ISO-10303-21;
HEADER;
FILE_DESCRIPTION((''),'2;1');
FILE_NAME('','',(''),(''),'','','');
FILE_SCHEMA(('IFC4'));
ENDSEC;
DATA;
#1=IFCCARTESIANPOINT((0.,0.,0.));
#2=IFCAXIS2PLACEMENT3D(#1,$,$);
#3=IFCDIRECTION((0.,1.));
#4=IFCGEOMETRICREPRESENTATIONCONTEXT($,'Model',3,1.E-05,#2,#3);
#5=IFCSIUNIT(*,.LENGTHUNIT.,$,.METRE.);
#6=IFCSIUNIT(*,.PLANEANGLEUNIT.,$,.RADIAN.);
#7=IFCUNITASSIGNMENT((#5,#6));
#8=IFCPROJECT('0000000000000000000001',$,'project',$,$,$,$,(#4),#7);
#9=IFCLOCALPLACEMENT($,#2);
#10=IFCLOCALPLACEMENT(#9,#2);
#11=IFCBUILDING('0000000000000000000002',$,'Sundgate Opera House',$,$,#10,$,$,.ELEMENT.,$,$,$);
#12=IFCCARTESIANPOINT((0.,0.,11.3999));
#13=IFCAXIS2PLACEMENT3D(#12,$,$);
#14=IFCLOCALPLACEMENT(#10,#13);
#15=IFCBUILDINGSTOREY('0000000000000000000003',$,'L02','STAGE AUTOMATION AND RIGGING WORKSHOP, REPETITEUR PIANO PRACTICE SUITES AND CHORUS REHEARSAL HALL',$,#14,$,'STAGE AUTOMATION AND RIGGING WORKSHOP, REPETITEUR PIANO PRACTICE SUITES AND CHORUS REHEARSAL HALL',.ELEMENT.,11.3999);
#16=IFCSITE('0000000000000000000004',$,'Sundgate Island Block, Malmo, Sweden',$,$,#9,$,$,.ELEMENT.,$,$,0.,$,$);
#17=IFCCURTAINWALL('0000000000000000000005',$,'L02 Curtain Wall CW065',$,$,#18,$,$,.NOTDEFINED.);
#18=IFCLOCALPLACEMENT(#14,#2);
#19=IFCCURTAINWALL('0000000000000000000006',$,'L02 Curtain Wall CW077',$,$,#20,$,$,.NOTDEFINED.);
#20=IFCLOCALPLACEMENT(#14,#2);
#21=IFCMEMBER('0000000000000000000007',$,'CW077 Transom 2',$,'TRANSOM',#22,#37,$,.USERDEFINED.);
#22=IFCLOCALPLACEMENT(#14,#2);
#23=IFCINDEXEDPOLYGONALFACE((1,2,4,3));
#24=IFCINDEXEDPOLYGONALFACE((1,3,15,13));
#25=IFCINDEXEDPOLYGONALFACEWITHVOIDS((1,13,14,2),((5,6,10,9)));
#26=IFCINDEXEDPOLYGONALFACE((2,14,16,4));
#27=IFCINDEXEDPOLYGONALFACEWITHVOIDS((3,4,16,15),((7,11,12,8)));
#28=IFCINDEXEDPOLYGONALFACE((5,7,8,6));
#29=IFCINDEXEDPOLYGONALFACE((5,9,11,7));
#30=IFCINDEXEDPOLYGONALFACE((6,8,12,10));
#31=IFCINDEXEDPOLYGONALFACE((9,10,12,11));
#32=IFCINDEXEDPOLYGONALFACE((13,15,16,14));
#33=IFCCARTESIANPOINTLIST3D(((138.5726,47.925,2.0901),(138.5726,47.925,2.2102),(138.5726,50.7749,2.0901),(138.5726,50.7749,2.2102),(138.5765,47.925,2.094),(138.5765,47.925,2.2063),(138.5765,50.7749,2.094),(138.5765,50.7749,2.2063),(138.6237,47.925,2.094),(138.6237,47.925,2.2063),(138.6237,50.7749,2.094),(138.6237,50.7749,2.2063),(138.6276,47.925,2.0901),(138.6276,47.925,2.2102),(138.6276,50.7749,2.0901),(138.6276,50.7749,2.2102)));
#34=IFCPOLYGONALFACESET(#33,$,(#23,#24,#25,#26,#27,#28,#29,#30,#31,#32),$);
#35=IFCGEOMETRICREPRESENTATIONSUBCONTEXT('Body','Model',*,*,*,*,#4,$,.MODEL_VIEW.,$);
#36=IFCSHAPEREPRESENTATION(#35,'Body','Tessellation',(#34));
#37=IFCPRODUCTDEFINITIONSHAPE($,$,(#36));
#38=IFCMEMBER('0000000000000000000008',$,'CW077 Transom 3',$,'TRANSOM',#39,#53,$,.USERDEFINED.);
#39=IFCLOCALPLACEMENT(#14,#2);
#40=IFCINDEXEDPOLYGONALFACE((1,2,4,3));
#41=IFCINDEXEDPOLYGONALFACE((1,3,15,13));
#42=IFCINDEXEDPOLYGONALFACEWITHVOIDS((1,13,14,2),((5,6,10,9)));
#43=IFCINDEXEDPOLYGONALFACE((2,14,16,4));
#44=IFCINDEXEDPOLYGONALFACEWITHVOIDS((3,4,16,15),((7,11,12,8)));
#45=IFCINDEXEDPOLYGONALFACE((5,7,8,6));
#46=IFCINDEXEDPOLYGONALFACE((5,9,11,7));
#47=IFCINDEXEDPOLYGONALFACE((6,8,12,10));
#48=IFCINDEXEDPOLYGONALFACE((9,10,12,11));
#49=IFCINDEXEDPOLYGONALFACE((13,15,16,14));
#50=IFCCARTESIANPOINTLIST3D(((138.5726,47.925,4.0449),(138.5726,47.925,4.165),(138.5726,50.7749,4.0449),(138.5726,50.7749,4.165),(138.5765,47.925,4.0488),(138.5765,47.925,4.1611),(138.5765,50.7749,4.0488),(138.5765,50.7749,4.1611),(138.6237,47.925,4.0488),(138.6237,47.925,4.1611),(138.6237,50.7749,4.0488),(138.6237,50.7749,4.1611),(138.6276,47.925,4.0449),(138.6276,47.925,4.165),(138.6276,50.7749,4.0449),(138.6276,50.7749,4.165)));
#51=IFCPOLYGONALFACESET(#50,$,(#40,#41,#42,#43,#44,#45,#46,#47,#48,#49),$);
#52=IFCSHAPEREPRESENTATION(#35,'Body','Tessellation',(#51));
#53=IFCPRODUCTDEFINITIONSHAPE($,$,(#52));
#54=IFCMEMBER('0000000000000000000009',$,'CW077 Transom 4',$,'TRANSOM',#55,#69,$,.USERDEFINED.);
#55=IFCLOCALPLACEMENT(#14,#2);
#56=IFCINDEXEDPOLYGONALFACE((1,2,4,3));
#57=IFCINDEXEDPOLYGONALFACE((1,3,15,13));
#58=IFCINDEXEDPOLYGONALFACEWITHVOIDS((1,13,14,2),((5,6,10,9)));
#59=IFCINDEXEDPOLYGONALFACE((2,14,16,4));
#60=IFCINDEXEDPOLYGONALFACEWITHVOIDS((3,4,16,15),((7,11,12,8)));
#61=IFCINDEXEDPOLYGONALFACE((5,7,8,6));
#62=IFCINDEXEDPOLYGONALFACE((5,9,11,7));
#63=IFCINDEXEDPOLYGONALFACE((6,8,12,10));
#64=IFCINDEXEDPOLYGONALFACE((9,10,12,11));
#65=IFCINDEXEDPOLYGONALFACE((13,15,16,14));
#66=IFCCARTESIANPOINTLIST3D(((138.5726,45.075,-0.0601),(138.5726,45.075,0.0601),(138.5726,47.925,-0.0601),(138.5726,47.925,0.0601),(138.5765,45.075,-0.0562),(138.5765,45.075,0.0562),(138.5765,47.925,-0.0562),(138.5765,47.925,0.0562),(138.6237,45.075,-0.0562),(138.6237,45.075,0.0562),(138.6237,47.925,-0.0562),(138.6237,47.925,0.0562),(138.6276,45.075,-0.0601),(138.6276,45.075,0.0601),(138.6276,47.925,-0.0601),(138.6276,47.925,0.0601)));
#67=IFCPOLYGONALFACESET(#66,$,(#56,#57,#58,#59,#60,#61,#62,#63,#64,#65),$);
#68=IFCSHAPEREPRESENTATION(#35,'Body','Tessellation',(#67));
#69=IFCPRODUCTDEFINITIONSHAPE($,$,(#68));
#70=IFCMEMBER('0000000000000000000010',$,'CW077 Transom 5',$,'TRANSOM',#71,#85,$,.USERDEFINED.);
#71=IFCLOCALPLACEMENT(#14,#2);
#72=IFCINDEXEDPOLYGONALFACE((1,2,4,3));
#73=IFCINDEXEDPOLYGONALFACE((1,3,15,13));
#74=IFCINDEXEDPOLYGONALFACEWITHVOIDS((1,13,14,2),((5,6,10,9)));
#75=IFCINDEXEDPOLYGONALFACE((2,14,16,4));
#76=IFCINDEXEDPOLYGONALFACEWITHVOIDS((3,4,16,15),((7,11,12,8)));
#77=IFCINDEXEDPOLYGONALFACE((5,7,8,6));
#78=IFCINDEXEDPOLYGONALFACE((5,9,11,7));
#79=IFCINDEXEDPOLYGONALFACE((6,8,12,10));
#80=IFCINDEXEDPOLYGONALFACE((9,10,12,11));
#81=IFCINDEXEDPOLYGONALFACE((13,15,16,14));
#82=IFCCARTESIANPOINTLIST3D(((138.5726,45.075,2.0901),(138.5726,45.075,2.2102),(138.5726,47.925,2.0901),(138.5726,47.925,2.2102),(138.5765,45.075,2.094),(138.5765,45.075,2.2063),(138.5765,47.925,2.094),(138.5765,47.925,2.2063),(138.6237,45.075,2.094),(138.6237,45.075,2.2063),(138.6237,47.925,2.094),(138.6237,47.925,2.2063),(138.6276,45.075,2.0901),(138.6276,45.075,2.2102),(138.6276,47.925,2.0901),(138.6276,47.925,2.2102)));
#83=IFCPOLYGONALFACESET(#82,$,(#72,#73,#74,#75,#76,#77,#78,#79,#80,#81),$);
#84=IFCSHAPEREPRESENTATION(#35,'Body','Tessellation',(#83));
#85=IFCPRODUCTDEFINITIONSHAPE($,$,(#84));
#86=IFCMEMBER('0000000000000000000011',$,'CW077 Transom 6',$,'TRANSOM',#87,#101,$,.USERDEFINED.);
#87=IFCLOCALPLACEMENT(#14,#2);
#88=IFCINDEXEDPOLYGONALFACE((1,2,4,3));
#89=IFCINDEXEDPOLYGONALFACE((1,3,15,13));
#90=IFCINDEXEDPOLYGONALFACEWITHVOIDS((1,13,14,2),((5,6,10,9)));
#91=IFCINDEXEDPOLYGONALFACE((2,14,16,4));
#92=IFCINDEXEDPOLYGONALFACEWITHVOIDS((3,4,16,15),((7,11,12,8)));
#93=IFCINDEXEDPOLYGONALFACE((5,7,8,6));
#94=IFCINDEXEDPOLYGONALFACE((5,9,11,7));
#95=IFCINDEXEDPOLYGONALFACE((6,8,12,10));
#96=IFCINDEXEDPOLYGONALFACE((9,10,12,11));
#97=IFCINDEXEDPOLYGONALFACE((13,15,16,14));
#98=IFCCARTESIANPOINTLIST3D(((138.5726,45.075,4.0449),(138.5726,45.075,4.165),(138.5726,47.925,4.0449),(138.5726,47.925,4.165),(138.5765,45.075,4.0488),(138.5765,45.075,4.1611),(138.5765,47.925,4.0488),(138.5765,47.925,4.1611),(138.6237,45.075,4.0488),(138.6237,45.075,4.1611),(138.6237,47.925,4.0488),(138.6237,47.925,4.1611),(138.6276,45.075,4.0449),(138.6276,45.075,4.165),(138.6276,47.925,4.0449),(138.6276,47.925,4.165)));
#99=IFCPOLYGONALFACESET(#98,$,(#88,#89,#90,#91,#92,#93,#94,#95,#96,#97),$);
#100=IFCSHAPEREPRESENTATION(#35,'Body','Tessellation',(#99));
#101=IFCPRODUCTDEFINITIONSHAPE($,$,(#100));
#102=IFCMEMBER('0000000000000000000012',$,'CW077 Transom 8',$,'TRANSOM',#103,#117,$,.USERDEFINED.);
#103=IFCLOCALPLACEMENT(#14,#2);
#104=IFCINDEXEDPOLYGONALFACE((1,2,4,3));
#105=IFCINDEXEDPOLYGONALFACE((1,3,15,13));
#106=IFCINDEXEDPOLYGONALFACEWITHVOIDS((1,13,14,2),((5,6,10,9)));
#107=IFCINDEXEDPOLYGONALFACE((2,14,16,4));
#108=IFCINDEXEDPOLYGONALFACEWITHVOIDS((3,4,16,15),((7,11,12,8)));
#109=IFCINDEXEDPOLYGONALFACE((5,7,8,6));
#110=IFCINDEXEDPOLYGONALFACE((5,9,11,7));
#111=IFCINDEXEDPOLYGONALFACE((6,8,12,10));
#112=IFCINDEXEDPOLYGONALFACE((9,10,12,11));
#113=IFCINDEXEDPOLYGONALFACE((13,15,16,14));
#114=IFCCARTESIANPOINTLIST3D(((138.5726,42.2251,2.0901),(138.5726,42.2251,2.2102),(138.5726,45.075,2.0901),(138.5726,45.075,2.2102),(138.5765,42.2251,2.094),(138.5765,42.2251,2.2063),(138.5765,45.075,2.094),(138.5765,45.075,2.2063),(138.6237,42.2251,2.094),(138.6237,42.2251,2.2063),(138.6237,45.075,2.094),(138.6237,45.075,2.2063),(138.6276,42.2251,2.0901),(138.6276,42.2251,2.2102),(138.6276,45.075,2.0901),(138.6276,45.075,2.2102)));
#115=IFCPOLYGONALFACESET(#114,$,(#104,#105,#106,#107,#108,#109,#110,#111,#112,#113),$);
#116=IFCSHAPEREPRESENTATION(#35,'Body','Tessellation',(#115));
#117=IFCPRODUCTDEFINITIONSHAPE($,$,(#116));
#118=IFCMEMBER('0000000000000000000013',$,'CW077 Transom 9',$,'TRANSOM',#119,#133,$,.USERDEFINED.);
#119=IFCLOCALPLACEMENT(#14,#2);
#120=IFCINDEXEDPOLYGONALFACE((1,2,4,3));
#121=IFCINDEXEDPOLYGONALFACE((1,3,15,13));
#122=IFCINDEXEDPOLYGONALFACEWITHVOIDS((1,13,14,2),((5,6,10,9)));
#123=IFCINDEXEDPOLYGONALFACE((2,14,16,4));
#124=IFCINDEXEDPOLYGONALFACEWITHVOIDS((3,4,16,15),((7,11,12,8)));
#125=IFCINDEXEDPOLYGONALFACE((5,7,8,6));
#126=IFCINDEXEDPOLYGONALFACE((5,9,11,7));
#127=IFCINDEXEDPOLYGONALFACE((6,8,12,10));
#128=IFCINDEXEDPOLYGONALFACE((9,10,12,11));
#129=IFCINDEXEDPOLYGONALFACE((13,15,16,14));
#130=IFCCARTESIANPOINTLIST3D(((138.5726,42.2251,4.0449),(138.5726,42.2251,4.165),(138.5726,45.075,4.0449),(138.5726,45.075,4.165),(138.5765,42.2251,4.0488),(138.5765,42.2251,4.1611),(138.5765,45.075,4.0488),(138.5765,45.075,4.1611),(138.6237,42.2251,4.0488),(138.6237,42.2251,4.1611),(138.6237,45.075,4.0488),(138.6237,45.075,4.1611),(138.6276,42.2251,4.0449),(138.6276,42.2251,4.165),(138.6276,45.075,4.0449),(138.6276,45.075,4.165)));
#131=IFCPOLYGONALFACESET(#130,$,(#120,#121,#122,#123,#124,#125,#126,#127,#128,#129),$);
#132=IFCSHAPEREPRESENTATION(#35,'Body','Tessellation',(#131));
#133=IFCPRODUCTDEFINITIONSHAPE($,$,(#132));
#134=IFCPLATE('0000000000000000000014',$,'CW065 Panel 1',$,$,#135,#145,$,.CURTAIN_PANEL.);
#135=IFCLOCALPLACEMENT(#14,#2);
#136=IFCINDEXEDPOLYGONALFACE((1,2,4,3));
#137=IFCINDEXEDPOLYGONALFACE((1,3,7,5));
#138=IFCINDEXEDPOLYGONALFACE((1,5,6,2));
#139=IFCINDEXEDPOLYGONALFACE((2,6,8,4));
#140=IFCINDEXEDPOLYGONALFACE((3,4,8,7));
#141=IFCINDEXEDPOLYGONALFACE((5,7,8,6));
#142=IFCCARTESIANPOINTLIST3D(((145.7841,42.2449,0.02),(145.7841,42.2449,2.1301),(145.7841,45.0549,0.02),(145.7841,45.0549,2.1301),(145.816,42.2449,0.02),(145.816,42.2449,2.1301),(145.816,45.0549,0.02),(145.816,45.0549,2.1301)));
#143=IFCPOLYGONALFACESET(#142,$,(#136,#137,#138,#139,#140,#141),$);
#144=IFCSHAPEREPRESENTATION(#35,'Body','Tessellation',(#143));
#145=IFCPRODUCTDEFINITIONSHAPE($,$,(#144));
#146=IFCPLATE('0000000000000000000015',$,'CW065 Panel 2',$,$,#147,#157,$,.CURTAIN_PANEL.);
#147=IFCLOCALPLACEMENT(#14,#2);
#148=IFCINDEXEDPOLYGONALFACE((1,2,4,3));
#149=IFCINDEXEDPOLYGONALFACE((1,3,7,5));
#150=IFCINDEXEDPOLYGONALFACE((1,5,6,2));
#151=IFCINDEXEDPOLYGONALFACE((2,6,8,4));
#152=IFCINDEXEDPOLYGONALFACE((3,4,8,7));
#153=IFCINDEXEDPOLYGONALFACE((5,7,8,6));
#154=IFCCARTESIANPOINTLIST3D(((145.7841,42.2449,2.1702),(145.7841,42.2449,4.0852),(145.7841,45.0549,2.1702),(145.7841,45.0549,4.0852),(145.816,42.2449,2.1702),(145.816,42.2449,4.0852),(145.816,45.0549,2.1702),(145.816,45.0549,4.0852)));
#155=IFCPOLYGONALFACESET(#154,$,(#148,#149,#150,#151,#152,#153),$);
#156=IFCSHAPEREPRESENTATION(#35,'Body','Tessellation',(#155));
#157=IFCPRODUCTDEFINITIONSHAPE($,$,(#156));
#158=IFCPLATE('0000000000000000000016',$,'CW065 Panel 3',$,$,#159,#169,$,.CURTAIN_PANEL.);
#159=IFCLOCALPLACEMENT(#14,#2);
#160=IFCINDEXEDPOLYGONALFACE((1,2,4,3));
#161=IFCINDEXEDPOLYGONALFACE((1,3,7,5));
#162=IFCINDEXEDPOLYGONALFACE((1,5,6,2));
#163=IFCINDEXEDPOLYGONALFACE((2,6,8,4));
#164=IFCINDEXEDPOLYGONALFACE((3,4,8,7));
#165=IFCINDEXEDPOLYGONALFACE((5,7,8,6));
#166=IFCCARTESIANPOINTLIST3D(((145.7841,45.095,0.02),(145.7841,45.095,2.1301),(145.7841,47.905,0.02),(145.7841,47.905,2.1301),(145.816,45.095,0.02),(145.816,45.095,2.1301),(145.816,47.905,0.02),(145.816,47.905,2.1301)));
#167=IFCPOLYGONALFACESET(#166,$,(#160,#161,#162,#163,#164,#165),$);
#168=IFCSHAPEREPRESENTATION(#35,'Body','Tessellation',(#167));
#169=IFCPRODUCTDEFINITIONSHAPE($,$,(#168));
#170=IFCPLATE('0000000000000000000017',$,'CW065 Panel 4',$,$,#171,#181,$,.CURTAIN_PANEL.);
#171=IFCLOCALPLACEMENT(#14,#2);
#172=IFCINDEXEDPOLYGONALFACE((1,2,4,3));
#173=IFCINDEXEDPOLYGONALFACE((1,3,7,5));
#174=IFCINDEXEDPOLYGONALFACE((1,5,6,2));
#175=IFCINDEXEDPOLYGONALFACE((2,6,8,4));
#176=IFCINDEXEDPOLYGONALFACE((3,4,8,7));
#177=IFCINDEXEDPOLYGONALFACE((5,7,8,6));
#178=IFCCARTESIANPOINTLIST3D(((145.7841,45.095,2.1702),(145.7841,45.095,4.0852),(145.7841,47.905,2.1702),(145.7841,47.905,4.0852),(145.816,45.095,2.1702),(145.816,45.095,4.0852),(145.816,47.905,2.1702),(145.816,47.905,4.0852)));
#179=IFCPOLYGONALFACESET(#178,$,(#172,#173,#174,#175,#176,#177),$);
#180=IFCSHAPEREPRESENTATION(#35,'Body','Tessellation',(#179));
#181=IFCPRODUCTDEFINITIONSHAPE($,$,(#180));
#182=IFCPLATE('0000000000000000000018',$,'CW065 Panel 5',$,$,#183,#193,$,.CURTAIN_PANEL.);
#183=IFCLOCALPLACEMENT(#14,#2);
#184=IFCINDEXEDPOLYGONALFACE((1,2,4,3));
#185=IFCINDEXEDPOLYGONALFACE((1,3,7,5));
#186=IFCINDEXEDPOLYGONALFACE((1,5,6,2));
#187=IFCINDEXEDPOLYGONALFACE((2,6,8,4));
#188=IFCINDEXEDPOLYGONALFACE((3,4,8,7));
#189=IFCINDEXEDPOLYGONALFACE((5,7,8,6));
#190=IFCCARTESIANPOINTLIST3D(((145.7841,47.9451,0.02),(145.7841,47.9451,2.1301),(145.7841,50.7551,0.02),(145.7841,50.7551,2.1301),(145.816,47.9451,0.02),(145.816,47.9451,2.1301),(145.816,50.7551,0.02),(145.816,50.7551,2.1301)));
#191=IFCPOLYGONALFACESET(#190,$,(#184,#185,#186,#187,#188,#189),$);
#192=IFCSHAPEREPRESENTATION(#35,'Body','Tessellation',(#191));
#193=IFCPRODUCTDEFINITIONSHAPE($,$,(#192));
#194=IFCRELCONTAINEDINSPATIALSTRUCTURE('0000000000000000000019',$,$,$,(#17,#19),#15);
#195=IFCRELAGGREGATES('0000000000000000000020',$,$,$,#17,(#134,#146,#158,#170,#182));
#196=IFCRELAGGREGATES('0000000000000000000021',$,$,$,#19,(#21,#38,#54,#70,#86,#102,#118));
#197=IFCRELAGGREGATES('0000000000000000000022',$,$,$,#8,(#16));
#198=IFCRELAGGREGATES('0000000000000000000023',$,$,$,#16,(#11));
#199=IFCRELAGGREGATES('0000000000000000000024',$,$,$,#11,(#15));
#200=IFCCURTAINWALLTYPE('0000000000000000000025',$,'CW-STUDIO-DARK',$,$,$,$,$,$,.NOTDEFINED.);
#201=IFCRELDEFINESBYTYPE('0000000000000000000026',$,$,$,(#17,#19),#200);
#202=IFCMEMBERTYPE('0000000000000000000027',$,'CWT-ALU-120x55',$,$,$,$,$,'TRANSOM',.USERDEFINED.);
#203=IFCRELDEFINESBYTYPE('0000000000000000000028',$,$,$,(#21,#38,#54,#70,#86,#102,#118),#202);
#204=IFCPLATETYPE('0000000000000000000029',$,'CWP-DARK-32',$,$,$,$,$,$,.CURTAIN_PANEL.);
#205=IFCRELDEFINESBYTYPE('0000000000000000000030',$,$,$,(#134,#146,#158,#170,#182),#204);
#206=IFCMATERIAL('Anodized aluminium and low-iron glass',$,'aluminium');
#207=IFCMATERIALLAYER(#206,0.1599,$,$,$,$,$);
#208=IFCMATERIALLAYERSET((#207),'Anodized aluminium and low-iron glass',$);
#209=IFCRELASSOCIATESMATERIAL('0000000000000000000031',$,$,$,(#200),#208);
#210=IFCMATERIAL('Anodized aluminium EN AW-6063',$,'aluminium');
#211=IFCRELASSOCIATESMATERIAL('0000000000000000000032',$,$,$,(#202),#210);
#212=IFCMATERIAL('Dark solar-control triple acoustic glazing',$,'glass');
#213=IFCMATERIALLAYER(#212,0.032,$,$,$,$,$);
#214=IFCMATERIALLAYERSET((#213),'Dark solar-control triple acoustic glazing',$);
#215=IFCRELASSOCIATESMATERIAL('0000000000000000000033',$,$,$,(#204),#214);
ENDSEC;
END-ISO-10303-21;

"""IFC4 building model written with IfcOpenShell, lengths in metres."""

from ifc_helpers import new_model, si_unit, direction, frame, origin, origin_2d, place, context, subcontext, project, spatial, rectangle, hollow_rectangle, extrude, material, layer, layer_set, material_profile, profile_set, type_object, element, aggregate, save


model = new_model("IFC4")

# Units and contexts
model_context = context("Model", 3, precision=1e-05, world=origin(), true_north=direction((0.0, 1.0)))
body_context = subcontext(model_context, "Body", "Model", "MODEL_VIEW")
ifc_project = project(units=[si_unit("LENGTHUNIT", "METRE"), si_unit("PLANEANGLEUNIT", "RADIAN")], contexts=[model_context])

# Site, building, storey
site_placement = place(None, origin())
site = spatial("IfcSite", under=ifc_project, at=site_placement, Name="Sundgate Island Block, Malmo, Sweden", CompositionType="ELEMENT", RefElevation=0.0)
building_placement = place(site_placement, origin())
building = spatial("IfcBuilding", under=site, at=building_placement, Name="Sundgate Opera House", CompositionType="ELEMENT")
storey_placement = place(building_placement, frame((0.0, 0.0, 11.3999)))
storey = spatial("IfcBuildingStorey", under=building, at=storey_placement, Name="L02", Description="STAGE AUTOMATION AND RIGGING WORKSHOP, REPETITEUR PIANO PRACTICE SUITES AND CHORUS REHEARSAL HALL", LongName="STAGE AUTOMATION AND RIGGING WORKSHOP, REPETITEUR PIANO PRACTICE SUITES AND CHORUS REHEARSAL HALL", CompositionType="ELEMENT", Elevation=11.3999)

# Shared definitions
ifc_material_1 = material(Name="Anodized aluminium and low-iron glass", Category="aluminium")
ifc_layer_1 = layer(ifc_material_1, 0.1599)
ifc_layer_set_1 = layer_set([ifc_layer_1], Name="Anodized aluminium and low-iron glass")
curtain_wall_type = type_object("IfcCurtainWallType", Name="CW-STUDIO-DARK", PredefinedType="NOTDEFINED", material=ifc_layer_set_1)

# Curtain walls
curtain_wall_1_placement = place(storey_placement, origin())
curtain_wall_1 = element("IfcCurtainWall", 1, at=curtain_wall_1_placement, inside=storey, type_object=curtain_wall_type, Name="L02 Curtain Wall CW065", PredefinedType="NOTDEFINED")
curtain_wall_2_placement = place(storey_placement, origin())
curtain_wall_2 = element("IfcCurtainWall", 2, at=curtain_wall_2_placement, inside=storey, type_object=curtain_wall_type, Name="L02 Curtain Wall CW077", PredefinedType="NOTDEFINED")

# Members
ifc_material_2 = material(Name="Anodized aluminium EN AW-6063", Category="aluminium")
ifc_material_profile_1 = material_profile(ifc_material_2, hollow_rectangle(XDim=0.0549, YDim=0.1201, WallThickness=0.0039, at=origin_2d()), Name="CWT 120x55x4")
ifc_profile_set_1 = profile_set([ifc_material_profile_1], Name="Anodized aluminium EN AW-6063")
member_type_1 = type_object("IfcMemberType", Name="CWT-ALU-120x55", ElementType="TRANSOM", PredefinedType="USERDEFINED", material=ifc_profile_set_1)
member_1_placement = place(storey_placement, frame((138.6001, 50.7749, 2.1501), z_axis=(0.0, -1.0, 0.0), x_axis=(1.0, 0.0, 0.0)))
member_1 = element("IfcMember", 3, at=member_1_placement, type_object=member_type_1, Name="CW077 Transom 2", ObjectType="TRANSOM", PredefinedType="USERDEFINED", context=body_context, shape_type="SweptSolid", body=[
    extrude(hollow_rectangle(XDim=0.0549, YDim=0.1201, WallThickness=0.0039, at=origin_2d()), origin(), (0.0, 0.0, 1.0), 2.8499),
])
member_2_placement = place(storey_placement, frame((138.6001, 50.7749, 4.105), z_axis=(0.0, -1.0, 0.0), x_axis=(1.0, 0.0, 0.0)))
member_2 = element("IfcMember", 4, at=member_2_placement, type_object=member_type_1, Name="CW077 Transom 3", ObjectType="TRANSOM", PredefinedType="USERDEFINED", context=body_context, shape_type="SweptSolid", body=[
    extrude(hollow_rectangle(XDim=0.0549, YDim=0.1201, WallThickness=0.0039, at=origin_2d()), origin(), (0.0, 0.0, 1.0), 2.8499),
])
member_3_placement = place(storey_placement, frame((138.6001, 47.925, 0.0), z_axis=(0.0, -1.0, 0.0), x_axis=(1.0, 0.0, 0.0)))
member_3 = element("IfcMember", 5, at=member_3_placement, type_object=member_type_1, Name="CW077 Transom 4", ObjectType="TRANSOM", PredefinedType="USERDEFINED", context=body_context, shape_type="SweptSolid", body=[
    extrude(hollow_rectangle(XDim=0.0549, YDim=0.1201, WallThickness=0.0039, at=origin_2d()), origin(), (0.0, 0.0, 1.0), 2.8501),
])
member_4_placement = place(storey_placement, frame((138.6001, 47.925, 2.1501), z_axis=(0.0, -1.0, 0.0), x_axis=(1.0, 0.0, 0.0)))
member_4 = element("IfcMember", 6, at=member_4_placement, type_object=member_type_1, Name="CW077 Transom 5", ObjectType="TRANSOM", PredefinedType="USERDEFINED", context=body_context, shape_type="SweptSolid", body=[
    extrude(hollow_rectangle(XDim=0.0549, YDim=0.1201, WallThickness=0.0039, at=origin_2d()), origin(), (0.0, 0.0, 1.0), 2.8501),
])
member_5_placement = place(storey_placement, frame((138.6001, 47.925, 4.105), z_axis=(0.0, -1.0, 0.0), x_axis=(1.0, 0.0, 0.0)))
member_5 = element("IfcMember", 7, at=member_5_placement, type_object=member_type_1, Name="CW077 Transom 6", ObjectType="TRANSOM", PredefinedType="USERDEFINED", context=body_context, shape_type="SweptSolid", body=[
    extrude(hollow_rectangle(XDim=0.0549, YDim=0.1201, WallThickness=0.0039, at=origin_2d()), origin(), (0.0, 0.0, 1.0), 2.8501),
])
member_6_placement = place(storey_placement, frame((138.6001, 45.075, 2.1501), z_axis=(0.0, -1.0, 0.0), x_axis=(1.0, 0.0, 0.0)))
member_6 = element("IfcMember", 8, at=member_6_placement, type_object=member_type_1, Name="CW077 Transom 8", ObjectType="TRANSOM", PredefinedType="USERDEFINED", context=body_context, shape_type="SweptSolid", body=[
    extrude(hollow_rectangle(XDim=0.0549, YDim=0.1201, WallThickness=0.0039, at=origin_2d()), origin(), (0.0, 0.0, 1.0), 2.8499),
])
member_7_placement = place(storey_placement, frame((138.6001, 45.075, 4.105), z_axis=(0.0, -1.0, 0.0), x_axis=(1.0, 0.0, 0.0)))
member_7 = element("IfcMember", 9, at=member_7_placement, type_object=member_type_1, Name="CW077 Transom 9", ObjectType="TRANSOM", PredefinedType="USERDEFINED", context=body_context, shape_type="SweptSolid", body=[
    extrude(hollow_rectangle(XDim=0.0549, YDim=0.1201, WallThickness=0.0039, at=origin_2d()), origin(), (0.0, 0.0, 1.0), 2.8499),
])

# Plates
ifc_material_3 = material(Name="Dark solar-control triple acoustic glazing", Category="glass")
ifc_layer_2 = layer(ifc_material_3, 0.032)
ifc_layer_set_2 = layer_set([ifc_layer_2], Name="Dark solar-control triple acoustic glazing")
plate_type_1 = type_object("IfcPlateType", Name="CWP-DARK-32", PredefinedType="CURTAIN_PANEL", material=ifc_layer_set_2)
plate_1_placement = place(storey_placement, frame((145.8, 43.6499, 0.02), z_axis=(0.0, 0.0, 1.0), x_axis=(0.0, 1.0, 0.0)))
plate_1 = element("IfcPlate", 10, at=plate_1_placement, type_object=plate_type_1, Name="CW065 Panel 1", PredefinedType="CURTAIN_PANEL", context=body_context, shape_type="SweptSolid", body=[
    extrude(rectangle(XDim=2.8101, YDim=0.032, at=origin_2d()), origin(), (0.0, 0.0, 1.0), 2.1101),
])
plate_2_placement = place(storey_placement, frame((145.8, 43.6499, 2.1702), z_axis=(0.0, 0.0, 1.0), x_axis=(0.0, 1.0, 0.0)))
plate_2 = element("IfcPlate", 11, at=plate_2_placement, type_object=plate_type_1, Name="CW065 Panel 2", PredefinedType="CURTAIN_PANEL", context=body_context, shape_type="SweptSolid", body=[
    extrude(rectangle(XDim=2.8101, YDim=0.032, at=origin_2d()), origin(), (0.0, 0.0, 1.0), 1.915),
])
plate_3_placement = place(storey_placement, frame((145.8, 46.5, 0.02), z_axis=(0.0, 0.0, 1.0), x_axis=(0.0, 1.0, 0.0)))
plate_3 = element("IfcPlate", 12, at=plate_3_placement, type_object=plate_type_1, Name="CW065 Panel 3", PredefinedType="CURTAIN_PANEL", context=body_context, shape_type="SweptSolid", body=[
    extrude(rectangle(XDim=2.8101, YDim=0.032, at=origin_2d()), origin(), (0.0, 0.0, 1.0), 2.1101),
])
plate_4_placement = place(storey_placement, frame((145.8, 46.5, 2.1702), z_axis=(0.0, 0.0, 1.0), x_axis=(0.0, 1.0, 0.0)))
plate_4 = element("IfcPlate", 13, at=plate_4_placement, type_object=plate_type_1, Name="CW065 Panel 4", PredefinedType="CURTAIN_PANEL", context=body_context, shape_type="SweptSolid", body=[
    extrude(rectangle(XDim=2.8101, YDim=0.032, at=origin_2d()), origin(), (0.0, 0.0, 1.0), 1.915),
])
plate_5_placement = place(storey_placement, frame((145.8, 49.3501, 0.02), z_axis=(0.0, 0.0, 1.0), x_axis=(0.0, 1.0, 0.0)))
plate_5 = element("IfcPlate", 14, at=plate_5_placement, type_object=plate_type_1, Name="CW065 Panel 5", PredefinedType="CURTAIN_PANEL", context=body_context, shape_type="SweptSolid", body=[
    extrude(rectangle(XDim=2.8101, YDim=0.032, at=origin_2d()), origin(), (0.0, 0.0, 1.0), 2.1101),
])
aggregate(curtain_wall_1, [plate_1, plate_2, plate_3, plate_4, plate_5])
aggregate(curtain_wall_2, [member_1, member_2, member_3, member_4, member_5, member_6, member_7])

save(model, "model.ifc")
